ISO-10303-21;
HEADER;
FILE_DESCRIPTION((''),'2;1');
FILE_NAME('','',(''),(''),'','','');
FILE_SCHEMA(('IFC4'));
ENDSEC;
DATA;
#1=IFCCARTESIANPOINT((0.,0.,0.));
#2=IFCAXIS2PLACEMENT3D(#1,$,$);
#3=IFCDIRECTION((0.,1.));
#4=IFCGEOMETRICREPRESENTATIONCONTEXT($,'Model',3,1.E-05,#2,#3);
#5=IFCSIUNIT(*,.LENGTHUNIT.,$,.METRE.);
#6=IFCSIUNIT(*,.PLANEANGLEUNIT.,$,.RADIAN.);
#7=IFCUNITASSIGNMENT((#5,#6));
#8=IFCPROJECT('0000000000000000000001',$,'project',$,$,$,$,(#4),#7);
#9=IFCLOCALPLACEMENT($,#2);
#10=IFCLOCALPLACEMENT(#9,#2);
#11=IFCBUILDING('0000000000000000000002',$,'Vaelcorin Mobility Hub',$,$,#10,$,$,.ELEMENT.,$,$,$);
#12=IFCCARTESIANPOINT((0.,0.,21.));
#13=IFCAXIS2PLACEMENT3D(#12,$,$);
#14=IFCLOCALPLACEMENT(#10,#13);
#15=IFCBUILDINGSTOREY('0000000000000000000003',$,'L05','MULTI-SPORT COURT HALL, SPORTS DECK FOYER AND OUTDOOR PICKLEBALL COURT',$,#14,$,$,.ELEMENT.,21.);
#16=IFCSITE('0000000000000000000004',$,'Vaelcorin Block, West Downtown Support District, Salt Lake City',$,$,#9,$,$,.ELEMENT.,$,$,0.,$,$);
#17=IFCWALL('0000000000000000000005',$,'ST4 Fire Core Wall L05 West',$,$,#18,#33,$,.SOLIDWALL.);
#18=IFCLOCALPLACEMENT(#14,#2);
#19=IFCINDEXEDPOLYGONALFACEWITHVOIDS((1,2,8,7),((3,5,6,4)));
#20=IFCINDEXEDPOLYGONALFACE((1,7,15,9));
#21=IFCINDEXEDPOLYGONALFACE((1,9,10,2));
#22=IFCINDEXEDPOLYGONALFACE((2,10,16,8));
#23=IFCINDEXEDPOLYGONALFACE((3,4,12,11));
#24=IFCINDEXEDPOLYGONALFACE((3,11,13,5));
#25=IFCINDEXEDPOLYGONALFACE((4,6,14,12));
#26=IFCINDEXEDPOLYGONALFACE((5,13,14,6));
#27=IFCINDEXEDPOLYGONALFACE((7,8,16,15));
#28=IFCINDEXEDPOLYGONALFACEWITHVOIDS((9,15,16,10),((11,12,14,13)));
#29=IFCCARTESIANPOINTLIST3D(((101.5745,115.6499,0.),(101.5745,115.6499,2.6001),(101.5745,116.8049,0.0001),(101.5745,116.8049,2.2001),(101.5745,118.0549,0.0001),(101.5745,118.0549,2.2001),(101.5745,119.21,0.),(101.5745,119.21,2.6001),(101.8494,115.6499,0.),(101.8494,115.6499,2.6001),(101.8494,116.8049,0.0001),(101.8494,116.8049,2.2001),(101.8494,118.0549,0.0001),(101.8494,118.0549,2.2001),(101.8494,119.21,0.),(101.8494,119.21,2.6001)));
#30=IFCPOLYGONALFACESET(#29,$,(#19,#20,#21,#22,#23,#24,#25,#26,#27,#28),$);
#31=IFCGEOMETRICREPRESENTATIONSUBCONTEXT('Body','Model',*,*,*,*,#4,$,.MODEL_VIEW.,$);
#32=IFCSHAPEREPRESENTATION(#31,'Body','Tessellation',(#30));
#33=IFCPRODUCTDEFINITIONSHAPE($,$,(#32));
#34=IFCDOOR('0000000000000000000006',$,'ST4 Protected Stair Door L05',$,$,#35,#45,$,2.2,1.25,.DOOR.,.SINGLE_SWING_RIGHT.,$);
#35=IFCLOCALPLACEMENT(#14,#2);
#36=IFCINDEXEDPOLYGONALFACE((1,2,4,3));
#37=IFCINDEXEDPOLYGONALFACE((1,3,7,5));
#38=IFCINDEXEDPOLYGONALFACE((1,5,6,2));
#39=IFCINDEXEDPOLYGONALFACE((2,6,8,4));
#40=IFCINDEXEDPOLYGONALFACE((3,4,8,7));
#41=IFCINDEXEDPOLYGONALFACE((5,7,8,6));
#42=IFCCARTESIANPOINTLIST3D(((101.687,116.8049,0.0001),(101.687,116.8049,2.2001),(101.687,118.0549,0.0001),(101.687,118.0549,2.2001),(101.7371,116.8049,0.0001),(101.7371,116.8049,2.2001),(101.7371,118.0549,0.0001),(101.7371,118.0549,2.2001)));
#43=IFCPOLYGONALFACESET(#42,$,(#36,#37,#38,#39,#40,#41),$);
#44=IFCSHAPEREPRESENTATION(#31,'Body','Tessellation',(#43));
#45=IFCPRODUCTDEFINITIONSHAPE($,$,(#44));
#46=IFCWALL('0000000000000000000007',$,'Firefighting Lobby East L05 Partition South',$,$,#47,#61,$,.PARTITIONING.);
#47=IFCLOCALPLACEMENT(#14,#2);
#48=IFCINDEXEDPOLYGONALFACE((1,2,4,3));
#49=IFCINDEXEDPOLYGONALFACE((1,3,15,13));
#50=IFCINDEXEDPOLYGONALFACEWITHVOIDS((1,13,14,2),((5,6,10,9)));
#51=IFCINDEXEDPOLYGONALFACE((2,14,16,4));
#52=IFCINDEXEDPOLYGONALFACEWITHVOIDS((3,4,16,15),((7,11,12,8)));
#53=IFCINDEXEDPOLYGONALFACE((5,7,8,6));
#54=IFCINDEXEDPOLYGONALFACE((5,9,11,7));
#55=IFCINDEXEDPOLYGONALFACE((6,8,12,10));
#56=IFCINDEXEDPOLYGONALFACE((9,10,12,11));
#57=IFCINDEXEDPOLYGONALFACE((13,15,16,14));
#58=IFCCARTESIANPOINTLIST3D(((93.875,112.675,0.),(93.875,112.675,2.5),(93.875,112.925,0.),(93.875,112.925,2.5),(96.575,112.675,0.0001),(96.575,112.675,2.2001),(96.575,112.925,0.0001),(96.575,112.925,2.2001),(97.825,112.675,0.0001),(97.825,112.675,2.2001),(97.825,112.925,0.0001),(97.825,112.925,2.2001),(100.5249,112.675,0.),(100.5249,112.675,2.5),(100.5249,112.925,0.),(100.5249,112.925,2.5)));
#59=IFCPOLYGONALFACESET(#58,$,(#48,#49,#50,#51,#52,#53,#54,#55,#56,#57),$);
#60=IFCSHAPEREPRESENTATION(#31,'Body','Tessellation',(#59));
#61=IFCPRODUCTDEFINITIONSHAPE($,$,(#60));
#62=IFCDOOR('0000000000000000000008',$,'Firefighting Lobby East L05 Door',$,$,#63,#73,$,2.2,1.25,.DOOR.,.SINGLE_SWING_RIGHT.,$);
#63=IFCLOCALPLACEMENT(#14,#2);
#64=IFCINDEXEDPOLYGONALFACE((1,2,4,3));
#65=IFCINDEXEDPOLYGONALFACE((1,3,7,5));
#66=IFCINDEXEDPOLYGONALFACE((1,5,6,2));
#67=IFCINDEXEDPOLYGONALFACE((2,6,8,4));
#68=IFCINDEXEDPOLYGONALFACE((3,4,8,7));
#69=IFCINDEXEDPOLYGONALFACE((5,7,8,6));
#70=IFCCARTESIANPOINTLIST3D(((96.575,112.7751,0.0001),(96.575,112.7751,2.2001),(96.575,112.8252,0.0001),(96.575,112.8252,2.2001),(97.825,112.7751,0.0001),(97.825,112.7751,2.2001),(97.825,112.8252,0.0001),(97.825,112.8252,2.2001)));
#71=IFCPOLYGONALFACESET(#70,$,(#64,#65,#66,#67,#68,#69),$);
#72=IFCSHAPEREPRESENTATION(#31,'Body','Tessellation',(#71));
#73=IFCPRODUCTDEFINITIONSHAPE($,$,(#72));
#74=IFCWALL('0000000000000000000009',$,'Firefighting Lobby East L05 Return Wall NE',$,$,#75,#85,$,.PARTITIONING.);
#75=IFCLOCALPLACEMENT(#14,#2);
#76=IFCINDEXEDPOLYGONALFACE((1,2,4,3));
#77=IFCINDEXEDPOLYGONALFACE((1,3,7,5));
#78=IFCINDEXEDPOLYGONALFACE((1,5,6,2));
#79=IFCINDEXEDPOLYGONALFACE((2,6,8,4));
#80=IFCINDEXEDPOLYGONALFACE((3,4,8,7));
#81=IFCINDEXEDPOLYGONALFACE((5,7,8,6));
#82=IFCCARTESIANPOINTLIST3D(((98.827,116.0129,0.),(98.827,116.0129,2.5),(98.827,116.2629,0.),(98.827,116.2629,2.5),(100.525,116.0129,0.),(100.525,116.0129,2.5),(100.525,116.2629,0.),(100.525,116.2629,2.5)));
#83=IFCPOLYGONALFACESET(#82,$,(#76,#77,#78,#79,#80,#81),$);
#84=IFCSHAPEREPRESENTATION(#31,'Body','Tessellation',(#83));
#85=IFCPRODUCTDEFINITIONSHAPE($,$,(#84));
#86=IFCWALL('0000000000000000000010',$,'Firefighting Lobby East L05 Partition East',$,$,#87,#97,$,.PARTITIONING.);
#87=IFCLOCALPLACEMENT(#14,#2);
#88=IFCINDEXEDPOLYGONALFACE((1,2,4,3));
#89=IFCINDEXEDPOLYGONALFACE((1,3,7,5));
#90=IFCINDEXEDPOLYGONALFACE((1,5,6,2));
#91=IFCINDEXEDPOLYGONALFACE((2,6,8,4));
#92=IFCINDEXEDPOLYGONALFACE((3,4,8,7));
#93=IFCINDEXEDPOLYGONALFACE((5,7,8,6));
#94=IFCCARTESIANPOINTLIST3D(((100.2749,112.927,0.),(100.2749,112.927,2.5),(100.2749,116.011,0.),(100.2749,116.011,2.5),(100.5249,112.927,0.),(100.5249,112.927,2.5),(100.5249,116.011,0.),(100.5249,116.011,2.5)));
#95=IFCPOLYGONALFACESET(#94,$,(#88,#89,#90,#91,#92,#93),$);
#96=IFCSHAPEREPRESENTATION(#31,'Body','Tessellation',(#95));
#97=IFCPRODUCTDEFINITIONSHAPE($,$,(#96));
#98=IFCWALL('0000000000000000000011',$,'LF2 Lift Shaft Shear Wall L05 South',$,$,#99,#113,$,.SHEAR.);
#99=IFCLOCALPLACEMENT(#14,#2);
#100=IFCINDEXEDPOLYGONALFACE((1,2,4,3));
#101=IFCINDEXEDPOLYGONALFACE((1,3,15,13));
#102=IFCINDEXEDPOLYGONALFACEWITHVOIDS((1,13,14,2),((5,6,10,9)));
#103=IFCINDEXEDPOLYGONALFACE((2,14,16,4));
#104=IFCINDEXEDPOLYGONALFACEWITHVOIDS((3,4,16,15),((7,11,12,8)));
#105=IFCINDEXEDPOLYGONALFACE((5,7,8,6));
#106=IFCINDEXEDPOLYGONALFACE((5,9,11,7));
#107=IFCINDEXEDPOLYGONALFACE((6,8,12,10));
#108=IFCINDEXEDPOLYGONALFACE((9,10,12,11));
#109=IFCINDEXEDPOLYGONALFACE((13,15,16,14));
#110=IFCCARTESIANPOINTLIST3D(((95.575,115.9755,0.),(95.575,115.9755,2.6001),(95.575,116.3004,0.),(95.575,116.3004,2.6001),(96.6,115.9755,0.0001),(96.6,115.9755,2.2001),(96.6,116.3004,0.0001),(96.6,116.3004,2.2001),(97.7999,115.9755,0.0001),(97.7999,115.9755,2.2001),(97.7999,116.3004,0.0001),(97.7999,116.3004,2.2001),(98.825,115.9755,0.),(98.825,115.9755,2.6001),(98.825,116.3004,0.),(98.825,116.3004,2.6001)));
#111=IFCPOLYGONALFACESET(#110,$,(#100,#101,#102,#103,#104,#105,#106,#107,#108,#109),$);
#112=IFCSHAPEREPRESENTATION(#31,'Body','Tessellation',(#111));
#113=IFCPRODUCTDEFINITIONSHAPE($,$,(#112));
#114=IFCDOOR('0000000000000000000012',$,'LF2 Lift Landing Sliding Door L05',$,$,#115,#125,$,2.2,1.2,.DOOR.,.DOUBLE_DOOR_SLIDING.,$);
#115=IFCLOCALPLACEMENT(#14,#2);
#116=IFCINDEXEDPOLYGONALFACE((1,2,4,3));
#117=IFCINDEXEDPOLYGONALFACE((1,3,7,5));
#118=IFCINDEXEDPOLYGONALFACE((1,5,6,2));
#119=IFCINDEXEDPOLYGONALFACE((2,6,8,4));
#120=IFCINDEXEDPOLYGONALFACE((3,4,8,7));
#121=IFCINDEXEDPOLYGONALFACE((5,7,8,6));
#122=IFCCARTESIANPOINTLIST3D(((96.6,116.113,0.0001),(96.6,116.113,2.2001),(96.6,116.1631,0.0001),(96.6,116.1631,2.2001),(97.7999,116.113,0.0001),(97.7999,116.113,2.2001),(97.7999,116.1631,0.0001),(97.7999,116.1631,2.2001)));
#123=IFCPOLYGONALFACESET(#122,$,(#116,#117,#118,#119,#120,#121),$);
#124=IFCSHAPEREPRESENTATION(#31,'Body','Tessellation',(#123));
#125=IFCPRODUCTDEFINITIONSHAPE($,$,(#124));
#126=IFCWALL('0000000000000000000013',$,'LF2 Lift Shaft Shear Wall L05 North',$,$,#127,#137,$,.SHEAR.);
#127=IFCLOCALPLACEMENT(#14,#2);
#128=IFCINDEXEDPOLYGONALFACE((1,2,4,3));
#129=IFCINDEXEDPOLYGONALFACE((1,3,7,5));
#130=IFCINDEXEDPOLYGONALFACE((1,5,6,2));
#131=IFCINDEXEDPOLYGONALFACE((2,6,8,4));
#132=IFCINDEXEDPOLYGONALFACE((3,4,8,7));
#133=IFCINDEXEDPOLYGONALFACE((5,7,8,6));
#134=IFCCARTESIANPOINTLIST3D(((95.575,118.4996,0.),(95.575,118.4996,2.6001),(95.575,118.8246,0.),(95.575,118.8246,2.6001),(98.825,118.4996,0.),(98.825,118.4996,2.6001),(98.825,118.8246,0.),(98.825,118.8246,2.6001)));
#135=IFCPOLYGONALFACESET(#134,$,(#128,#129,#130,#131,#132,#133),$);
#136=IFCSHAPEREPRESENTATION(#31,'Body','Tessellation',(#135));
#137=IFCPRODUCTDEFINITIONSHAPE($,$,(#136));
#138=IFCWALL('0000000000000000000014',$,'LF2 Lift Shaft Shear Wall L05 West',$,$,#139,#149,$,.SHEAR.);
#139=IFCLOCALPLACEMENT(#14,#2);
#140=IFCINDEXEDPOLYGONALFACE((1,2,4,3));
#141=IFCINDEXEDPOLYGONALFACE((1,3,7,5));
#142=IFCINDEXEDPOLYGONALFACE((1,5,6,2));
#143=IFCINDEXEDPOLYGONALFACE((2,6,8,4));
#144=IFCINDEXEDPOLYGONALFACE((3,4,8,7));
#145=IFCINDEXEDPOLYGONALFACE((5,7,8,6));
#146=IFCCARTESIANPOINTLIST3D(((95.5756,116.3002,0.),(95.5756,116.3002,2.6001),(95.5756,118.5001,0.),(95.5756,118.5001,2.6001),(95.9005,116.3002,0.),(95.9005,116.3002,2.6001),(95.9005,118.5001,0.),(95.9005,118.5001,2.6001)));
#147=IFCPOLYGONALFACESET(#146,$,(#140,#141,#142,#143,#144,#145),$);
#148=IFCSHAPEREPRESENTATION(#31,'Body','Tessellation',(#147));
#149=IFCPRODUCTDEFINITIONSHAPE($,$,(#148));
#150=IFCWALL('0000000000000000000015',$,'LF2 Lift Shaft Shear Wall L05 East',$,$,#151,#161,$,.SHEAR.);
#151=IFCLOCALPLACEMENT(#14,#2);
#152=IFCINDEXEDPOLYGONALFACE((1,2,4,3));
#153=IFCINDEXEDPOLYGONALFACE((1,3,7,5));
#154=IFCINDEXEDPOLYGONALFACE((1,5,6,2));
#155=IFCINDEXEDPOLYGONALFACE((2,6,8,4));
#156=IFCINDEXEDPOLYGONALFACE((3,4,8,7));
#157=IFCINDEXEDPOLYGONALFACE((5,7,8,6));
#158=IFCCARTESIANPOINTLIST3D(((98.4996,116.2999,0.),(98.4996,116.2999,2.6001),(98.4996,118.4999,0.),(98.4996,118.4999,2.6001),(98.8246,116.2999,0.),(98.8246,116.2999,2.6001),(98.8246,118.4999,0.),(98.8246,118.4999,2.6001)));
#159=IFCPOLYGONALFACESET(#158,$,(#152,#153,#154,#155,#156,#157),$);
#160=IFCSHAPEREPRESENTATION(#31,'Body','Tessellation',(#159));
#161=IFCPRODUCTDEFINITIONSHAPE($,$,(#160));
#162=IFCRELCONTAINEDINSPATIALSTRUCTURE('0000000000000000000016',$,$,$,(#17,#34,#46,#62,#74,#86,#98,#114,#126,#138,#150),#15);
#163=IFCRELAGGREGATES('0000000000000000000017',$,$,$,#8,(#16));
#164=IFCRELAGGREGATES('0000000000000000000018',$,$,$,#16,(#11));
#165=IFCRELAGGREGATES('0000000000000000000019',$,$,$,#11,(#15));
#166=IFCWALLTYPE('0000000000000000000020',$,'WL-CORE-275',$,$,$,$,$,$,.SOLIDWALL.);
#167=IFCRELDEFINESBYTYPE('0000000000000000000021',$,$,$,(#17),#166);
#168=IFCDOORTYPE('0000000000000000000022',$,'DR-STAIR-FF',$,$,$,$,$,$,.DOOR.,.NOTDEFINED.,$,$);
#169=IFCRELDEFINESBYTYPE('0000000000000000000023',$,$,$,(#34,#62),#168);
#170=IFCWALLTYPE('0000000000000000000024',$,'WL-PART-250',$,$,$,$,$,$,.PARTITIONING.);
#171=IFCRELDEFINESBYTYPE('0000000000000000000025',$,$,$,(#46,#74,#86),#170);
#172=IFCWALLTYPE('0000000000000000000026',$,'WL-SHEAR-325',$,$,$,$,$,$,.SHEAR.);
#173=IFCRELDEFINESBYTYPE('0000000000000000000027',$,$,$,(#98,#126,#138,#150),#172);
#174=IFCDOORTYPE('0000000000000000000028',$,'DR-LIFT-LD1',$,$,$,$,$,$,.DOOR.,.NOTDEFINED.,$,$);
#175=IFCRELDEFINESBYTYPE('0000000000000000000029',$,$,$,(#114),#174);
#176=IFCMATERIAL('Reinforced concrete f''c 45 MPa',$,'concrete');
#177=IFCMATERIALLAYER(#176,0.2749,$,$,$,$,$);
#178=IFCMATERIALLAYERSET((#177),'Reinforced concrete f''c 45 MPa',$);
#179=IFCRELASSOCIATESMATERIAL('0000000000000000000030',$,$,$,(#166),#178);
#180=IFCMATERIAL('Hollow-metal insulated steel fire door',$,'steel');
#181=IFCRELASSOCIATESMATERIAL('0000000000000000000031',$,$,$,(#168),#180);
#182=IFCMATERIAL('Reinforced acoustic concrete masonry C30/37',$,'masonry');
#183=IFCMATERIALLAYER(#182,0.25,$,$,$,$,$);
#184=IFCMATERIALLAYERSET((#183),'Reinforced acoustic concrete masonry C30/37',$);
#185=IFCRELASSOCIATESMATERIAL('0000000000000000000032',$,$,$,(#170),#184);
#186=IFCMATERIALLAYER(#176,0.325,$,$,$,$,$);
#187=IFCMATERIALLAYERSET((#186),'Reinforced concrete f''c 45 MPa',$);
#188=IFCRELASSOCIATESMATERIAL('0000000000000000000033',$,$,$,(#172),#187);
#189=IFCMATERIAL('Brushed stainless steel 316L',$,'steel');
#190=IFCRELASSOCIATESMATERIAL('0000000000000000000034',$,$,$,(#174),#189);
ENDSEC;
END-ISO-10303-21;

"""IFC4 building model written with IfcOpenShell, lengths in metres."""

from ifc_helpers import new_model, si_unit, direction, frame, frame_2d, origin, place, context, subcontext, project, spatial, rectangle, extrude, material, layer, layer_set, type_object, element, fill, save


model = new_model("IFC4")

# Units and contexts
model_context = context("Model", 3, precision=1e-05, world=origin(), true_north=direction((0.0, 1.0)))
body_context = subcontext(model_context, "Body", "Model", "MODEL_VIEW")
ifc_project = project(units=[si_unit("LENGTHUNIT", "METRE"), si_unit("PLANEANGLEUNIT", "RADIAN")], contexts=[model_context])

# Site, building, storey
site_placement = place(None, origin())
site = spatial("IfcSite", under=ifc_project, at=site_placement, Name="Vaelcorin Block, West Downtown Support District, Salt Lake City", CompositionType="ELEMENT", RefElevation=0.0)
building_placement = place(site_placement, origin())
building = spatial("IfcBuilding", under=site, at=building_placement, Name="Vaelcorin Mobility Hub", CompositionType="ELEMENT")
storey_placement = place(building_placement, frame((0.0, 0.0, 21.0)))
storey = spatial("IfcBuildingStorey", under=building, at=storey_placement, Name="L05", Description="MULTI-SPORT COURT HALL, SPORTS DECK FOYER AND OUTDOOR PICKLEBALL COURT", CompositionType="ELEMENT", Elevation=21.0)

# Shared definitions
ifc_material_1 = material(Name="Reinforced concrete f'c 45 MPa", Category="concrete")
ifc_layer_1 = layer(ifc_material_1, 0.2749)
ifc_layer_set_1 = layer_set([ifc_layer_1], Name="Reinforced concrete f'c 45 MPa")
wall_type_1 = type_object("IfcWallType", Name="WL-CORE-275", PredefinedType="SOLIDWALL", material=ifc_layer_set_1)

# Walls, openings, doors
wall_1_placement = place(storey_placement, frame((101.7119, 115.6499, 0.0), z_axis=(0.0, 0.0, 1.0), x_axis=(0.0, 1.0, 0.0)))
wall_1 = element("IfcWall", 1, at=wall_1_placement, inside=storey, type_object=wall_type_1, Name="ST4 Fire Core Wall L05 West", PredefinedType="SOLIDWALL", context=body_context, shape_type="SweptSolid", body=[
    extrude(rectangle(XDim=3.5601, YDim=0.2749, at=frame_2d((1.78, 0.0))), origin(), (0.0, 0.0, 1.0), 2.6001),
])
opening_1_placement = place(wall_1_placement, frame((1.155, 0.0, 0.0)))
opening_1 = element("IfcOpeningElement", 2, at=opening_1_placement, cuts=wall_1, PredefinedType="OPENING", context=body_context, shape_type="SweptSolid", body=[
    extrude(rectangle(XDim=1.25, YDim=2.2, at=frame_2d((0.625, 1.1001))), frame((0.0, 0.1475, 0.0), z_axis=(0.0, -1.0, 0.0), x_axis=(1.0, 0.0, 0.0)), (0.0, 0.0, 1.0), 0.2949),
])
ifc_material_2 = material(Name="Hollow-metal insulated steel fire door", Category="steel")
door_type_1 = type_object("IfcDoorType", Name="DR-STAIR-FF", OperationType="NOTDEFINED", PredefinedType="DOOR", material=ifc_material_2)
door_1_placement = place(opening_1_placement, origin())
door_1 = element("IfcDoor", 3, at=door_1_placement, inside=storey, type_object=door_type_1, Name="ST4 Protected Stair Door L05", OperationType="SINGLE_SWING_RIGHT", OverallHeight=2.2, OverallWidth=1.25, PredefinedType="DOOR", context=body_context, shape_type="SweptSolid", body=[
    extrude(rectangle(XDim=1.25, YDim=2.2, at=frame_2d((0.625, 1.1001))), frame((0.0, 0.0249, 0.0), z_axis=(0.0, -1.0, 0.0), x_axis=(1.0, 0.0, 0.0)), (0.0, 0.0, 1.0), 0.05),
])
fill(opening_1, door_1)
ifc_material_3 = material(Name="Reinforced acoustic concrete masonry C30/37", Category="masonry")
ifc_layer_2 = layer(ifc_material_3, 0.25)
ifc_layer_set_2 = layer_set([ifc_layer_2], Name="Reinforced acoustic concrete masonry C30/37")
wall_type_2 = type_object("IfcWallType", Name="WL-PART-250", PredefinedType="PARTITIONING", material=ifc_layer_set_2)
wall_2_placement = place(storey_placement, frame((100.5249, 112.8, 0.0), z_axis=(0.0, 0.0, 1.0), x_axis=(-1.0, 0.0, 0.0)))
wall_2 = element("IfcWall", 4, at=wall_2_placement, inside=storey, type_object=wall_type_2, Name="Firefighting Lobby East L05 Partition South", PredefinedType="PARTITIONING", context=body_context, shape_type="SweptSolid", body=[
    extrude(rectangle(XDim=6.6499, YDim=0.25, at=frame_2d((3.325, 0.0))), origin(), (0.0, 0.0, 1.0), 2.5),
])
opening_2_placement = place(wall_2_placement, frame((2.7, 0.0, 0.0)))
opening_2 = element("IfcOpeningElement", 5, at=opening_2_placement, cuts=wall_2, PredefinedType="OPENING", context=body_context, shape_type="SweptSolid", body=[
    extrude(rectangle(XDim=1.25, YDim=2.2, at=frame_2d((0.625, 1.1001))), frame((0.0, 0.135, 0.0), z_axis=(0.0, -1.0, 0.0), x_axis=(1.0, 0.0, 0.0)), (0.0, 0.0, 1.0), 0.27),
])
door_2_placement = place(opening_2_placement, origin())
door_2 = element("IfcDoor", 6, at=door_2_placement, inside=storey, type_object=door_type_1, Name="Firefighting Lobby East L05 Door", OperationType="SINGLE_SWING_RIGHT", OverallHeight=2.2, OverallWidth=1.25, PredefinedType="DOOR", context=body_context, shape_type="SweptSolid", body=[
    extrude(rectangle(XDim=1.25, YDim=2.2, at=frame_2d((0.625, 1.1001))), frame((0.0, 0.0249, 0.0), z_axis=(0.0, -1.0, 0.0), x_axis=(1.0, 0.0, 0.0)), (0.0, 0.0, 1.0), 0.05),
])
fill(opening_2, door_2)

# Walls
wall_3_placement = place(storey_placement, frame((98.8269, 116.1379, 0.0), z_axis=(0.0, 0.0, 1.0), x_axis=(1.0, 0.0, 0.0)))
element("IfcWall", 7, at=wall_3_placement, inside=storey, type_object=wall_type_2, Name="Firefighting Lobby East L05 Return Wall NE", PredefinedType="PARTITIONING", context=body_context, shape_type="SweptSolid", body=[
    extrude(rectangle(XDim=1.698, YDim=0.25, at=frame_2d((0.8491, 0.0))), origin(), (0.0, 0.0, 1.0), 2.5),
])
wall_4_placement = place(storey_placement, frame((100.3999, 116.011, 0.0), z_axis=(0.0, 0.0, 1.0), x_axis=(0.0, -1.0, 0.0)))
element("IfcWall", 8, at=wall_4_placement, inside=storey, type_object=wall_type_2, Name="Firefighting Lobby East L05 Partition East", PredefinedType="PARTITIONING", context=body_context, shape_type="SweptSolid", body=[
    extrude(rectangle(XDim=3.084, YDim=0.25, at=frame_2d((1.542, 0.0))), origin(), (0.0, 0.0, 1.0), 2.5),
])

# Wall, opening, door
ifc_layer_3 = layer(ifc_material_1, 0.325)
ifc_layer_set_3 = layer_set([ifc_layer_3], Name="Reinforced concrete f'c 45 MPa")
wall_type_3 = type_object("IfcWallType", Name="WL-SHEAR-325", PredefinedType="SHEAR", material=ifc_layer_set_3)
wall_5_placement = place(storey_placement, frame((98.825, 116.1379, 0.0), z_axis=(0.0, 0.0, 1.0), x_axis=(-1.0, 0.0, 0.0)))
wall_5 = element("IfcWall", 9, at=wall_5_placement, inside=storey, type_object=wall_type_3, Name="LF2 Lift Shaft Shear Wall L05 South", PredefinedType="SHEAR", context=body_context, shape_type="SweptSolid", body=[
    extrude(rectangle(XDim=3.25, YDim=0.325, at=frame_2d((1.625, 0.0))), origin(), (0.0, 0.0, 1.0), 2.6001),
])
opening_3_placement = place(wall_5_placement, frame((1.0249, 0.0, 0.0)))
opening_3 = element("IfcOpeningElement", 10, at=opening_3_placement, cuts=wall_5, PredefinedType="OPENING", context=body_context, shape_type="SweptSolid", body=[
    extrude(rectangle(XDim=1.2, YDim=2.2, at=frame_2d((0.6001, 1.1001))), frame((0.0, 0.1724, 0.0), z_axis=(0.0, -1.0, 0.0), x_axis=(1.0, 0.0, 0.0)), (0.0, 0.0, 1.0), 0.345),
])
ifc_material_4 = material(Name="Brushed stainless steel 316L", Category="steel")
door_type_2 = type_object("IfcDoorType", Name="DR-LIFT-LD1", OperationType="NOTDEFINED", PredefinedType="DOOR", material=ifc_material_4)
door_3_placement = place(opening_3_placement, origin())
door_3 = element("IfcDoor", 11, at=door_3_placement, inside=storey, type_object=door_type_2, Name="LF2 Lift Landing Sliding Door L05", OperationType="DOUBLE_DOOR_SLIDING", OverallHeight=2.2, OverallWidth=1.2, PredefinedType="DOOR", context=body_context, shape_type="SweptSolid", body=[
    extrude(rectangle(XDim=1.2, YDim=2.2, at=frame_2d((0.6001, 1.1001))), frame((0.0, 0.0249, 0.0), z_axis=(0.0, -1.0, 0.0), x_axis=(1.0, 0.0, 0.0)), (0.0, 0.0, 1.0), 0.05),
])
fill(opening_3, door_3)

# Walls
wall_6_placement = place(storey_placement, frame((95.575, 118.6621, 0.0), z_axis=(0.0, 0.0, 1.0), x_axis=(1.0, 0.0, 0.0)))
element("IfcWall", 12, at=wall_6_placement, inside=storey, type_object=wall_type_3, Name="LF2 Lift Shaft Shear Wall L05 North", PredefinedType="SHEAR", context=body_context, shape_type="SweptSolid", body=[
    extrude(rectangle(XDim=3.25, YDim=0.325, at=frame_2d((1.625, 0.0))), origin(), (0.0, 0.0, 1.0), 2.6001),
])
for number, where, z_axis, x_axis, name in (
    (13, (95.738, 116.3, 0.0), (0.0, 0.0, 1.0), (0.0, 1.0, 0.0), "LF2 Lift Shaft Shear Wall L05 West"),
    (14, (98.6621, 118.5, 0.0), (0.0, 0.0, 1.0), (0.0, -1.0, 0.0), "LF2 Lift Shaft Shear Wall L05 East"),
):
    element("IfcWall", number, at=place(storey_placement, frame(where, z_axis=z_axis, x_axis=x_axis)), inside=storey, type_object=wall_type_3, Name=name, PredefinedType="SHEAR", context=body_context, shape_type="SweptSolid", body=[
        extrude(rectangle(XDim=2.2, YDim=0.325, at=frame_2d((1.1001, 0.0))), origin(), (0.0, 0.0, 1.0), 2.6001),
    ])

save(model, "model.ifc")
